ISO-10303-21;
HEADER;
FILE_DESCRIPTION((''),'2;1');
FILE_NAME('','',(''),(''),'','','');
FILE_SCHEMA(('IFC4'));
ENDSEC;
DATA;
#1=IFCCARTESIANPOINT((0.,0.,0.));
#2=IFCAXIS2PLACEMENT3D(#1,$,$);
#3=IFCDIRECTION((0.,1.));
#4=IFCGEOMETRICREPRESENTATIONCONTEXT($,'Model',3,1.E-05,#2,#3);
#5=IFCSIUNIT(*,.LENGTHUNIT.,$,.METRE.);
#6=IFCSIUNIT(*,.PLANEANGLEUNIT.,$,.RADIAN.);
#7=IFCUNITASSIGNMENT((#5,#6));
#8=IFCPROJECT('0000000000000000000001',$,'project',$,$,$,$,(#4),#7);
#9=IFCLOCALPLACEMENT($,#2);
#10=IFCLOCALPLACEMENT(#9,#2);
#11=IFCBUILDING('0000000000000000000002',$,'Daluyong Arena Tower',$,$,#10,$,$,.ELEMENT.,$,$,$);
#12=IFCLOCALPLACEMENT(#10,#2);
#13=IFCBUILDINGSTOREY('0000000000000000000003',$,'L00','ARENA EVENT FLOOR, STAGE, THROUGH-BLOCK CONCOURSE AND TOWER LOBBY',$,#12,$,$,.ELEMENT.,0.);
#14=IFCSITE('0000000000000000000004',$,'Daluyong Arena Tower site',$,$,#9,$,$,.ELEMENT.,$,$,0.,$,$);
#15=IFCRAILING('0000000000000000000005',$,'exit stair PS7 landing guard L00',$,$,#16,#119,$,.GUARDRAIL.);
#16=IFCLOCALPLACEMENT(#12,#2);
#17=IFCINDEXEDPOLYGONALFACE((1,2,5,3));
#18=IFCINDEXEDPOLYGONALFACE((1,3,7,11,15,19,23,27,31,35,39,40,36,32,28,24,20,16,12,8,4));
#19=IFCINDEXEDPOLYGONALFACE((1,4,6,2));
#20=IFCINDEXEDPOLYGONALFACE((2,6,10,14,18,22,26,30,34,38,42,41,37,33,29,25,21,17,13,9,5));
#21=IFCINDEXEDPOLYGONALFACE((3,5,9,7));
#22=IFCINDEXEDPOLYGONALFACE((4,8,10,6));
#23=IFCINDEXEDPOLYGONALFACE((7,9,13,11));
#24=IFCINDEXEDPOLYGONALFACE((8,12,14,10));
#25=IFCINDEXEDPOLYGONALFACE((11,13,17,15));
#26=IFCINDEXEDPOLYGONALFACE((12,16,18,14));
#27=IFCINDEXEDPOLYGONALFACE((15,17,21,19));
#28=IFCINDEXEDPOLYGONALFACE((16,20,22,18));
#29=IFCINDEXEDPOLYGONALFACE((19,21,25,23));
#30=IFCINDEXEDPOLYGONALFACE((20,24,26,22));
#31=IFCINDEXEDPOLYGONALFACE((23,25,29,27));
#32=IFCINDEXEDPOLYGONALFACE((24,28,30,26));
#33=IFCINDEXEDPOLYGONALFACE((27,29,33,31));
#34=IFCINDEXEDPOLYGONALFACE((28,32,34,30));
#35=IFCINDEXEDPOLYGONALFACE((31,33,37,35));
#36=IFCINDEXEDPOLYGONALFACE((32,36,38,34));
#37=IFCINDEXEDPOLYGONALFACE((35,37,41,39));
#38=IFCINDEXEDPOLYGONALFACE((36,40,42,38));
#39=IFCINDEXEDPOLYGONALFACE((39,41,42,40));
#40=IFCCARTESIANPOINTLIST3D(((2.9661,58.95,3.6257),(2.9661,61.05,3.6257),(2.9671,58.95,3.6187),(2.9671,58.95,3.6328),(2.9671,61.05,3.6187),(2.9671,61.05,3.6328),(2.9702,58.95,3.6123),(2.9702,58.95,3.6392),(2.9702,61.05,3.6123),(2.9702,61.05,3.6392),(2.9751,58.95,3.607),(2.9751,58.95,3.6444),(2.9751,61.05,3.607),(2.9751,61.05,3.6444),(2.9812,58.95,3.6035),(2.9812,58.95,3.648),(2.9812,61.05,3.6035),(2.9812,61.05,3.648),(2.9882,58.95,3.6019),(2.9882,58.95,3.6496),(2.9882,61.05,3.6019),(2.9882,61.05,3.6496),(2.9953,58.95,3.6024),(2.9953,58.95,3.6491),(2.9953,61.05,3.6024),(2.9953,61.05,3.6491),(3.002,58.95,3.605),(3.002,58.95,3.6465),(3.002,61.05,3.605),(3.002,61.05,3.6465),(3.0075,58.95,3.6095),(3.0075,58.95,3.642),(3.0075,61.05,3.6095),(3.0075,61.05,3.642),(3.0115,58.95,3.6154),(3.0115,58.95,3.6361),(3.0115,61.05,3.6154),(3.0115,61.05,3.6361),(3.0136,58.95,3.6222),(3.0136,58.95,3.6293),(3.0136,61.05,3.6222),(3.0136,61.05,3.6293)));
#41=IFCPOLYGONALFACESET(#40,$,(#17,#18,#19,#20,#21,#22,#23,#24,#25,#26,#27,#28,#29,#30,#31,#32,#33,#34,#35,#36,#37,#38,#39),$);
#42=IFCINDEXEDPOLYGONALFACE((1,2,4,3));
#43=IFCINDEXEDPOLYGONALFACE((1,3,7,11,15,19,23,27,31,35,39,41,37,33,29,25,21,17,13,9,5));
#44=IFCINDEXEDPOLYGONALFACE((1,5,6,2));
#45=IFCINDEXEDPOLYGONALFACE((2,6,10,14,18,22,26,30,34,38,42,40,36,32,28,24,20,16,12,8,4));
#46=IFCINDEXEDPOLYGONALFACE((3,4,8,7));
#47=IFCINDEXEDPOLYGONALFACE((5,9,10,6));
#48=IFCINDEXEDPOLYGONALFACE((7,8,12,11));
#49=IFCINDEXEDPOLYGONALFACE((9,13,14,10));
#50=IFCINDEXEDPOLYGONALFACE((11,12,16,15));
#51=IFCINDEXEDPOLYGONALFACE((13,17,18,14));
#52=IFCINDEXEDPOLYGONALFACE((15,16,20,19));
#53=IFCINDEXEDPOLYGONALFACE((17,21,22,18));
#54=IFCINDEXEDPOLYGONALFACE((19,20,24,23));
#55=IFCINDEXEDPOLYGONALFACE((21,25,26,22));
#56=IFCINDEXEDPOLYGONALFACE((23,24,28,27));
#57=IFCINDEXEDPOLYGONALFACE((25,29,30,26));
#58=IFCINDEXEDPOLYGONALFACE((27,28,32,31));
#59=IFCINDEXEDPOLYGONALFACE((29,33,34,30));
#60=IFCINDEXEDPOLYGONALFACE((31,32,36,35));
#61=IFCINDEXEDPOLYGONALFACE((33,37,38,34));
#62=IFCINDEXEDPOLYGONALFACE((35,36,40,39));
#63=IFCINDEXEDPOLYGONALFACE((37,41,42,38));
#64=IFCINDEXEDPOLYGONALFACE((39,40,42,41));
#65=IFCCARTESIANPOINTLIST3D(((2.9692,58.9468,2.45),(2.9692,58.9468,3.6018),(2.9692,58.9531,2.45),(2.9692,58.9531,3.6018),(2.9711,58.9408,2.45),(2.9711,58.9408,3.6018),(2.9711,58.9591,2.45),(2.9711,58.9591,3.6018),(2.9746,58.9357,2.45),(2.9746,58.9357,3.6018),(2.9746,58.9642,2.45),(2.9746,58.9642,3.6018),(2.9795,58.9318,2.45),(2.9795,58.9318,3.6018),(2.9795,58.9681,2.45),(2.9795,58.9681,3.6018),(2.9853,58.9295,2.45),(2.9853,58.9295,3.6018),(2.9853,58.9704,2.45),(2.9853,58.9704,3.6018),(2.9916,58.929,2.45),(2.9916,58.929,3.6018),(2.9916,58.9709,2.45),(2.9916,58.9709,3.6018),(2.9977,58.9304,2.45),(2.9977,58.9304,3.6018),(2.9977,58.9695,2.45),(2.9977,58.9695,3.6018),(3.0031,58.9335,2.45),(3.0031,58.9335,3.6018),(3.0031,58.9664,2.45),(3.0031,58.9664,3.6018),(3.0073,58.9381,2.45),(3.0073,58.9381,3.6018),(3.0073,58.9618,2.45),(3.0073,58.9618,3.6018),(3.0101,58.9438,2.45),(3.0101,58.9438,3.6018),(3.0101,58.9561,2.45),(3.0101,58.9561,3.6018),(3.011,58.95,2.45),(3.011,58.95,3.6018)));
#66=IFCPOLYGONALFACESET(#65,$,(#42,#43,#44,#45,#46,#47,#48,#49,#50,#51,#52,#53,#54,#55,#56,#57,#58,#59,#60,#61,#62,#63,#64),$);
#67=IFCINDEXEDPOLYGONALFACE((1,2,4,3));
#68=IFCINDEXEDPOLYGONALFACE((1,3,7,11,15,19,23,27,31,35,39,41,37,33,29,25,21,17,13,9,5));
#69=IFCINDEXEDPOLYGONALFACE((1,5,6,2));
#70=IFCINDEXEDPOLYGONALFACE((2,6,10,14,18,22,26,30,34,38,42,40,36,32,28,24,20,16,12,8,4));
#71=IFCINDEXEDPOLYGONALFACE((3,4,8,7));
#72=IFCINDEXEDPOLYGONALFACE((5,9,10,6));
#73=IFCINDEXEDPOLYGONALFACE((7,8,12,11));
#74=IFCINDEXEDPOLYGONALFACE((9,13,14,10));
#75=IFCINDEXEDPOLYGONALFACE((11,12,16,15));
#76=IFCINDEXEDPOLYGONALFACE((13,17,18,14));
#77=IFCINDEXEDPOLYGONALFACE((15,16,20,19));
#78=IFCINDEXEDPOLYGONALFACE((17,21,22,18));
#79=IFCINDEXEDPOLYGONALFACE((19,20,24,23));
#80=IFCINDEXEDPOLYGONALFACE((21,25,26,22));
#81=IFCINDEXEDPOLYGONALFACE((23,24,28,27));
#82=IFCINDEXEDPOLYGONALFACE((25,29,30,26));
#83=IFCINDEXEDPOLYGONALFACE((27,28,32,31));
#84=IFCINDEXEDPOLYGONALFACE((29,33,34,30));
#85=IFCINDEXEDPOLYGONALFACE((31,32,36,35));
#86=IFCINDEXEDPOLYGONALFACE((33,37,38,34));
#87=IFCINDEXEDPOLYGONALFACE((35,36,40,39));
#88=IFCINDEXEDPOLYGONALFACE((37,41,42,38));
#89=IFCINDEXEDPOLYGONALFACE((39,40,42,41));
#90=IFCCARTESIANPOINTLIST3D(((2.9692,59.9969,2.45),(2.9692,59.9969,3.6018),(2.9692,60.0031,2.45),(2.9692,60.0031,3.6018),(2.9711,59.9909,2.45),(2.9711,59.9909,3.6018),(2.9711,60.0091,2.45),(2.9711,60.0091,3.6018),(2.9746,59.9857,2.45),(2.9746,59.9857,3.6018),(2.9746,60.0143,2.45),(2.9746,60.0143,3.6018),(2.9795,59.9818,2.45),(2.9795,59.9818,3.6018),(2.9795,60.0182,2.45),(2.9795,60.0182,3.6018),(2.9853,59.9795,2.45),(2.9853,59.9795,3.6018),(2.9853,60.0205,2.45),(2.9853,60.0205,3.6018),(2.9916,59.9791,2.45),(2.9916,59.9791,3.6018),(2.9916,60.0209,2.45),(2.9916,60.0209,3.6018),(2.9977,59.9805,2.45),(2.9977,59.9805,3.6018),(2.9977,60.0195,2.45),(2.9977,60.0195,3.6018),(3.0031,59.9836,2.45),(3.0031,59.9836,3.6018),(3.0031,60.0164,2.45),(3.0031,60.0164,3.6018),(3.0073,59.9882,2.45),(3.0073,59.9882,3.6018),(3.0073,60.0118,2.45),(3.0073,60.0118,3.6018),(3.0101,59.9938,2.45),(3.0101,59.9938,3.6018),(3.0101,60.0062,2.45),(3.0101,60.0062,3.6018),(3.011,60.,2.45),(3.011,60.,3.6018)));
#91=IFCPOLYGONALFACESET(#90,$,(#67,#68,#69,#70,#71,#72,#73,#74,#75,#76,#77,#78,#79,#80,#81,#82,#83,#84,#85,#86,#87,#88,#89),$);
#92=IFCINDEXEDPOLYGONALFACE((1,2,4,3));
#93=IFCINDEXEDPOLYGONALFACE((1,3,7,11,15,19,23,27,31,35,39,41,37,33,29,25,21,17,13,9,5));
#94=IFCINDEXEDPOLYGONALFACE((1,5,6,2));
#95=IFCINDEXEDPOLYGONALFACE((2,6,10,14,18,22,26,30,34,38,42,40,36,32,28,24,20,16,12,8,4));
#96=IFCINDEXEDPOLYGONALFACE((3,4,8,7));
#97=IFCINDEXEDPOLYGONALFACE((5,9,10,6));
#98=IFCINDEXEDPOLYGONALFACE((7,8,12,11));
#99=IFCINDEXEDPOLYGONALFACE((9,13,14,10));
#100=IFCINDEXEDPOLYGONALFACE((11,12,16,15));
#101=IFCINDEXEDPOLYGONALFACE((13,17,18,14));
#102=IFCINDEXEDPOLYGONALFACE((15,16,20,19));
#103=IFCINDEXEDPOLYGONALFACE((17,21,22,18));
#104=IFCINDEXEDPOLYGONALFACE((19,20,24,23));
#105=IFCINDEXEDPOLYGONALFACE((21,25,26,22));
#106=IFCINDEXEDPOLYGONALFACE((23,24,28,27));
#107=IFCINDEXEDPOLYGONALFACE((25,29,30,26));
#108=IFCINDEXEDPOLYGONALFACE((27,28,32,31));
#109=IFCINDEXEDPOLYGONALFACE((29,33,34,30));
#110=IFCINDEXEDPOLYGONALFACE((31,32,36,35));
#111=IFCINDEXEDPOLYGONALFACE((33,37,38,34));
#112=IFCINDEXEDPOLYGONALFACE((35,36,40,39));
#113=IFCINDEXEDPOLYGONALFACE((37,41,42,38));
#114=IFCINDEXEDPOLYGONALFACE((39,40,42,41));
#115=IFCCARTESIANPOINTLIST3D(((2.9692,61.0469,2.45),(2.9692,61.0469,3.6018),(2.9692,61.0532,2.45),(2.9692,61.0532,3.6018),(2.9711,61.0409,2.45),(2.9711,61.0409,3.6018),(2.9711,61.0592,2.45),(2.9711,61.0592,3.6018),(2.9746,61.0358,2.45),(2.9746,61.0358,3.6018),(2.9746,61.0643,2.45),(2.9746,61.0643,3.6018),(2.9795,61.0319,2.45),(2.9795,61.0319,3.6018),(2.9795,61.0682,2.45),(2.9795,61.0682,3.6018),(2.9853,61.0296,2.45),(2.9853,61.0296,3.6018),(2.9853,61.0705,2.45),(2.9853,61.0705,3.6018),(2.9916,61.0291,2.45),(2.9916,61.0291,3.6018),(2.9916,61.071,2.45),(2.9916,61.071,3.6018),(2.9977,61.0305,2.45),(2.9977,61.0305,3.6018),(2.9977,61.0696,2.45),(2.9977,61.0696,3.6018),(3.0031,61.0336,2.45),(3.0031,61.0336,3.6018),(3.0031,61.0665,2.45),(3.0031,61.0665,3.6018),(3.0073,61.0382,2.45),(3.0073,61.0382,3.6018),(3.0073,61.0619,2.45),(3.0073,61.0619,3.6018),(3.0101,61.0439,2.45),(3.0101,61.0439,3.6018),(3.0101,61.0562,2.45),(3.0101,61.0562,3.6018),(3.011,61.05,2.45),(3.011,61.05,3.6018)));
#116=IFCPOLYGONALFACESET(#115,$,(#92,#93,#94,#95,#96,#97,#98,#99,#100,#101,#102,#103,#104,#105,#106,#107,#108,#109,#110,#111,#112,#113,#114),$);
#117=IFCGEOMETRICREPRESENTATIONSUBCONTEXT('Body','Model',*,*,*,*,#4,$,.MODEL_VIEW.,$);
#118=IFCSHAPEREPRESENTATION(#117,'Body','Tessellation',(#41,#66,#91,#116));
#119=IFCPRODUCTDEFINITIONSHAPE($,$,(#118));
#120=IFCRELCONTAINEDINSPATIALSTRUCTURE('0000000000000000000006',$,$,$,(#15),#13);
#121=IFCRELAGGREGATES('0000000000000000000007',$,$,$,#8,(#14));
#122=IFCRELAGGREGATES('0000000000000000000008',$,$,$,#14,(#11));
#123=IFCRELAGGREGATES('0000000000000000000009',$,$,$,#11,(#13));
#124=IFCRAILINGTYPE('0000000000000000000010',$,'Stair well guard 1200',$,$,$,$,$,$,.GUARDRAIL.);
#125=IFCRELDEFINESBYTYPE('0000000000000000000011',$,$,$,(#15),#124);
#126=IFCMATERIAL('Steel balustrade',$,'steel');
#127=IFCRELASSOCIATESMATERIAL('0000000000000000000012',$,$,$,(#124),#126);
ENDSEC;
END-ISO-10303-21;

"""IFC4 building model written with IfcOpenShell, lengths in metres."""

from ifc_helpers import new_model, si_unit, direction, frame, origin, origin_2d, place, context, subcontext, project, spatial, circle, extrude, material, type_object, element, save


model = new_model("IFC4")

# Units and contexts
model_context = context("Model", 3, precision=1e-05, world=origin(), true_north=direction((0.0, 1.0)))
body_context = subcontext(model_context, "Body", "Model", "MODEL_VIEW")
ifc_project = project(units=[si_unit("LENGTHUNIT", "METRE"), si_unit("PLANEANGLEUNIT", "RADIAN")], contexts=[model_context])

# Site, building, storey
site_placement = place(None, origin())
site = spatial("IfcSite", under=ifc_project, at=site_placement, Name="Daluyong Arena Tower site", CompositionType="ELEMENT", RefElevation=0.0)
building_placement = place(site_placement, origin())
building = spatial("IfcBuilding", under=site, at=building_placement, Name="Daluyong Arena Tower", CompositionType="ELEMENT")
storey_placement = place(building_placement, origin())
storey = spatial("IfcBuildingStorey", under=building, at=storey_placement, Name="L00", Description="ARENA EVENT FLOOR, STAGE, THROUGH-BLOCK CONCOURSE AND TOWER LOBBY", CompositionType="ELEMENT", Elevation=0.0)

# Railing
ifc_material_1 = material(Name="Steel balustrade", Category="steel")
railing_type_1 = type_object("IfcRailingType", Name="Stair well guard 1200", PredefinedType="GUARDRAIL", material=ifc_material_1)
railing_1_placement = place(storey_placement, frame((2.99, 58.95, 2.45)))
element("IfcRailing", 1, at=railing_1_placement, inside=storey, type_object=railing_type_1, Name="exit stair PS7 landing guard L00", PredefinedType="GUARDRAIL", context=body_context, shape_type="SweptSolid", body=[
    extrude(circle(Radius=0.0239, at=origin_2d()), frame((0.0, 0.0, 1.1758), z_axis=(0.0, 1.0, 0.0), x_axis=(-1.0, 0.0, 0.0)), (0.0, 0.0, 1.0), 2.1001),
    extrude(circle(Radius=0.021, at=origin_2d()), origin(), (0.0, 0.0, 1.0), 1.1519),
    extrude(circle(Radius=0.021, at=origin_2d()), frame((0.0, 1.05, 0.0)), (0.0, 0.0, 1.0), 1.1519),
    extrude(circle(Radius=0.021, at=origin_2d()), frame((0.0, 2.1001, 0.0)), (0.0, 0.0, 1.0), 1.1519),
])

save(model, "model.ifc")
